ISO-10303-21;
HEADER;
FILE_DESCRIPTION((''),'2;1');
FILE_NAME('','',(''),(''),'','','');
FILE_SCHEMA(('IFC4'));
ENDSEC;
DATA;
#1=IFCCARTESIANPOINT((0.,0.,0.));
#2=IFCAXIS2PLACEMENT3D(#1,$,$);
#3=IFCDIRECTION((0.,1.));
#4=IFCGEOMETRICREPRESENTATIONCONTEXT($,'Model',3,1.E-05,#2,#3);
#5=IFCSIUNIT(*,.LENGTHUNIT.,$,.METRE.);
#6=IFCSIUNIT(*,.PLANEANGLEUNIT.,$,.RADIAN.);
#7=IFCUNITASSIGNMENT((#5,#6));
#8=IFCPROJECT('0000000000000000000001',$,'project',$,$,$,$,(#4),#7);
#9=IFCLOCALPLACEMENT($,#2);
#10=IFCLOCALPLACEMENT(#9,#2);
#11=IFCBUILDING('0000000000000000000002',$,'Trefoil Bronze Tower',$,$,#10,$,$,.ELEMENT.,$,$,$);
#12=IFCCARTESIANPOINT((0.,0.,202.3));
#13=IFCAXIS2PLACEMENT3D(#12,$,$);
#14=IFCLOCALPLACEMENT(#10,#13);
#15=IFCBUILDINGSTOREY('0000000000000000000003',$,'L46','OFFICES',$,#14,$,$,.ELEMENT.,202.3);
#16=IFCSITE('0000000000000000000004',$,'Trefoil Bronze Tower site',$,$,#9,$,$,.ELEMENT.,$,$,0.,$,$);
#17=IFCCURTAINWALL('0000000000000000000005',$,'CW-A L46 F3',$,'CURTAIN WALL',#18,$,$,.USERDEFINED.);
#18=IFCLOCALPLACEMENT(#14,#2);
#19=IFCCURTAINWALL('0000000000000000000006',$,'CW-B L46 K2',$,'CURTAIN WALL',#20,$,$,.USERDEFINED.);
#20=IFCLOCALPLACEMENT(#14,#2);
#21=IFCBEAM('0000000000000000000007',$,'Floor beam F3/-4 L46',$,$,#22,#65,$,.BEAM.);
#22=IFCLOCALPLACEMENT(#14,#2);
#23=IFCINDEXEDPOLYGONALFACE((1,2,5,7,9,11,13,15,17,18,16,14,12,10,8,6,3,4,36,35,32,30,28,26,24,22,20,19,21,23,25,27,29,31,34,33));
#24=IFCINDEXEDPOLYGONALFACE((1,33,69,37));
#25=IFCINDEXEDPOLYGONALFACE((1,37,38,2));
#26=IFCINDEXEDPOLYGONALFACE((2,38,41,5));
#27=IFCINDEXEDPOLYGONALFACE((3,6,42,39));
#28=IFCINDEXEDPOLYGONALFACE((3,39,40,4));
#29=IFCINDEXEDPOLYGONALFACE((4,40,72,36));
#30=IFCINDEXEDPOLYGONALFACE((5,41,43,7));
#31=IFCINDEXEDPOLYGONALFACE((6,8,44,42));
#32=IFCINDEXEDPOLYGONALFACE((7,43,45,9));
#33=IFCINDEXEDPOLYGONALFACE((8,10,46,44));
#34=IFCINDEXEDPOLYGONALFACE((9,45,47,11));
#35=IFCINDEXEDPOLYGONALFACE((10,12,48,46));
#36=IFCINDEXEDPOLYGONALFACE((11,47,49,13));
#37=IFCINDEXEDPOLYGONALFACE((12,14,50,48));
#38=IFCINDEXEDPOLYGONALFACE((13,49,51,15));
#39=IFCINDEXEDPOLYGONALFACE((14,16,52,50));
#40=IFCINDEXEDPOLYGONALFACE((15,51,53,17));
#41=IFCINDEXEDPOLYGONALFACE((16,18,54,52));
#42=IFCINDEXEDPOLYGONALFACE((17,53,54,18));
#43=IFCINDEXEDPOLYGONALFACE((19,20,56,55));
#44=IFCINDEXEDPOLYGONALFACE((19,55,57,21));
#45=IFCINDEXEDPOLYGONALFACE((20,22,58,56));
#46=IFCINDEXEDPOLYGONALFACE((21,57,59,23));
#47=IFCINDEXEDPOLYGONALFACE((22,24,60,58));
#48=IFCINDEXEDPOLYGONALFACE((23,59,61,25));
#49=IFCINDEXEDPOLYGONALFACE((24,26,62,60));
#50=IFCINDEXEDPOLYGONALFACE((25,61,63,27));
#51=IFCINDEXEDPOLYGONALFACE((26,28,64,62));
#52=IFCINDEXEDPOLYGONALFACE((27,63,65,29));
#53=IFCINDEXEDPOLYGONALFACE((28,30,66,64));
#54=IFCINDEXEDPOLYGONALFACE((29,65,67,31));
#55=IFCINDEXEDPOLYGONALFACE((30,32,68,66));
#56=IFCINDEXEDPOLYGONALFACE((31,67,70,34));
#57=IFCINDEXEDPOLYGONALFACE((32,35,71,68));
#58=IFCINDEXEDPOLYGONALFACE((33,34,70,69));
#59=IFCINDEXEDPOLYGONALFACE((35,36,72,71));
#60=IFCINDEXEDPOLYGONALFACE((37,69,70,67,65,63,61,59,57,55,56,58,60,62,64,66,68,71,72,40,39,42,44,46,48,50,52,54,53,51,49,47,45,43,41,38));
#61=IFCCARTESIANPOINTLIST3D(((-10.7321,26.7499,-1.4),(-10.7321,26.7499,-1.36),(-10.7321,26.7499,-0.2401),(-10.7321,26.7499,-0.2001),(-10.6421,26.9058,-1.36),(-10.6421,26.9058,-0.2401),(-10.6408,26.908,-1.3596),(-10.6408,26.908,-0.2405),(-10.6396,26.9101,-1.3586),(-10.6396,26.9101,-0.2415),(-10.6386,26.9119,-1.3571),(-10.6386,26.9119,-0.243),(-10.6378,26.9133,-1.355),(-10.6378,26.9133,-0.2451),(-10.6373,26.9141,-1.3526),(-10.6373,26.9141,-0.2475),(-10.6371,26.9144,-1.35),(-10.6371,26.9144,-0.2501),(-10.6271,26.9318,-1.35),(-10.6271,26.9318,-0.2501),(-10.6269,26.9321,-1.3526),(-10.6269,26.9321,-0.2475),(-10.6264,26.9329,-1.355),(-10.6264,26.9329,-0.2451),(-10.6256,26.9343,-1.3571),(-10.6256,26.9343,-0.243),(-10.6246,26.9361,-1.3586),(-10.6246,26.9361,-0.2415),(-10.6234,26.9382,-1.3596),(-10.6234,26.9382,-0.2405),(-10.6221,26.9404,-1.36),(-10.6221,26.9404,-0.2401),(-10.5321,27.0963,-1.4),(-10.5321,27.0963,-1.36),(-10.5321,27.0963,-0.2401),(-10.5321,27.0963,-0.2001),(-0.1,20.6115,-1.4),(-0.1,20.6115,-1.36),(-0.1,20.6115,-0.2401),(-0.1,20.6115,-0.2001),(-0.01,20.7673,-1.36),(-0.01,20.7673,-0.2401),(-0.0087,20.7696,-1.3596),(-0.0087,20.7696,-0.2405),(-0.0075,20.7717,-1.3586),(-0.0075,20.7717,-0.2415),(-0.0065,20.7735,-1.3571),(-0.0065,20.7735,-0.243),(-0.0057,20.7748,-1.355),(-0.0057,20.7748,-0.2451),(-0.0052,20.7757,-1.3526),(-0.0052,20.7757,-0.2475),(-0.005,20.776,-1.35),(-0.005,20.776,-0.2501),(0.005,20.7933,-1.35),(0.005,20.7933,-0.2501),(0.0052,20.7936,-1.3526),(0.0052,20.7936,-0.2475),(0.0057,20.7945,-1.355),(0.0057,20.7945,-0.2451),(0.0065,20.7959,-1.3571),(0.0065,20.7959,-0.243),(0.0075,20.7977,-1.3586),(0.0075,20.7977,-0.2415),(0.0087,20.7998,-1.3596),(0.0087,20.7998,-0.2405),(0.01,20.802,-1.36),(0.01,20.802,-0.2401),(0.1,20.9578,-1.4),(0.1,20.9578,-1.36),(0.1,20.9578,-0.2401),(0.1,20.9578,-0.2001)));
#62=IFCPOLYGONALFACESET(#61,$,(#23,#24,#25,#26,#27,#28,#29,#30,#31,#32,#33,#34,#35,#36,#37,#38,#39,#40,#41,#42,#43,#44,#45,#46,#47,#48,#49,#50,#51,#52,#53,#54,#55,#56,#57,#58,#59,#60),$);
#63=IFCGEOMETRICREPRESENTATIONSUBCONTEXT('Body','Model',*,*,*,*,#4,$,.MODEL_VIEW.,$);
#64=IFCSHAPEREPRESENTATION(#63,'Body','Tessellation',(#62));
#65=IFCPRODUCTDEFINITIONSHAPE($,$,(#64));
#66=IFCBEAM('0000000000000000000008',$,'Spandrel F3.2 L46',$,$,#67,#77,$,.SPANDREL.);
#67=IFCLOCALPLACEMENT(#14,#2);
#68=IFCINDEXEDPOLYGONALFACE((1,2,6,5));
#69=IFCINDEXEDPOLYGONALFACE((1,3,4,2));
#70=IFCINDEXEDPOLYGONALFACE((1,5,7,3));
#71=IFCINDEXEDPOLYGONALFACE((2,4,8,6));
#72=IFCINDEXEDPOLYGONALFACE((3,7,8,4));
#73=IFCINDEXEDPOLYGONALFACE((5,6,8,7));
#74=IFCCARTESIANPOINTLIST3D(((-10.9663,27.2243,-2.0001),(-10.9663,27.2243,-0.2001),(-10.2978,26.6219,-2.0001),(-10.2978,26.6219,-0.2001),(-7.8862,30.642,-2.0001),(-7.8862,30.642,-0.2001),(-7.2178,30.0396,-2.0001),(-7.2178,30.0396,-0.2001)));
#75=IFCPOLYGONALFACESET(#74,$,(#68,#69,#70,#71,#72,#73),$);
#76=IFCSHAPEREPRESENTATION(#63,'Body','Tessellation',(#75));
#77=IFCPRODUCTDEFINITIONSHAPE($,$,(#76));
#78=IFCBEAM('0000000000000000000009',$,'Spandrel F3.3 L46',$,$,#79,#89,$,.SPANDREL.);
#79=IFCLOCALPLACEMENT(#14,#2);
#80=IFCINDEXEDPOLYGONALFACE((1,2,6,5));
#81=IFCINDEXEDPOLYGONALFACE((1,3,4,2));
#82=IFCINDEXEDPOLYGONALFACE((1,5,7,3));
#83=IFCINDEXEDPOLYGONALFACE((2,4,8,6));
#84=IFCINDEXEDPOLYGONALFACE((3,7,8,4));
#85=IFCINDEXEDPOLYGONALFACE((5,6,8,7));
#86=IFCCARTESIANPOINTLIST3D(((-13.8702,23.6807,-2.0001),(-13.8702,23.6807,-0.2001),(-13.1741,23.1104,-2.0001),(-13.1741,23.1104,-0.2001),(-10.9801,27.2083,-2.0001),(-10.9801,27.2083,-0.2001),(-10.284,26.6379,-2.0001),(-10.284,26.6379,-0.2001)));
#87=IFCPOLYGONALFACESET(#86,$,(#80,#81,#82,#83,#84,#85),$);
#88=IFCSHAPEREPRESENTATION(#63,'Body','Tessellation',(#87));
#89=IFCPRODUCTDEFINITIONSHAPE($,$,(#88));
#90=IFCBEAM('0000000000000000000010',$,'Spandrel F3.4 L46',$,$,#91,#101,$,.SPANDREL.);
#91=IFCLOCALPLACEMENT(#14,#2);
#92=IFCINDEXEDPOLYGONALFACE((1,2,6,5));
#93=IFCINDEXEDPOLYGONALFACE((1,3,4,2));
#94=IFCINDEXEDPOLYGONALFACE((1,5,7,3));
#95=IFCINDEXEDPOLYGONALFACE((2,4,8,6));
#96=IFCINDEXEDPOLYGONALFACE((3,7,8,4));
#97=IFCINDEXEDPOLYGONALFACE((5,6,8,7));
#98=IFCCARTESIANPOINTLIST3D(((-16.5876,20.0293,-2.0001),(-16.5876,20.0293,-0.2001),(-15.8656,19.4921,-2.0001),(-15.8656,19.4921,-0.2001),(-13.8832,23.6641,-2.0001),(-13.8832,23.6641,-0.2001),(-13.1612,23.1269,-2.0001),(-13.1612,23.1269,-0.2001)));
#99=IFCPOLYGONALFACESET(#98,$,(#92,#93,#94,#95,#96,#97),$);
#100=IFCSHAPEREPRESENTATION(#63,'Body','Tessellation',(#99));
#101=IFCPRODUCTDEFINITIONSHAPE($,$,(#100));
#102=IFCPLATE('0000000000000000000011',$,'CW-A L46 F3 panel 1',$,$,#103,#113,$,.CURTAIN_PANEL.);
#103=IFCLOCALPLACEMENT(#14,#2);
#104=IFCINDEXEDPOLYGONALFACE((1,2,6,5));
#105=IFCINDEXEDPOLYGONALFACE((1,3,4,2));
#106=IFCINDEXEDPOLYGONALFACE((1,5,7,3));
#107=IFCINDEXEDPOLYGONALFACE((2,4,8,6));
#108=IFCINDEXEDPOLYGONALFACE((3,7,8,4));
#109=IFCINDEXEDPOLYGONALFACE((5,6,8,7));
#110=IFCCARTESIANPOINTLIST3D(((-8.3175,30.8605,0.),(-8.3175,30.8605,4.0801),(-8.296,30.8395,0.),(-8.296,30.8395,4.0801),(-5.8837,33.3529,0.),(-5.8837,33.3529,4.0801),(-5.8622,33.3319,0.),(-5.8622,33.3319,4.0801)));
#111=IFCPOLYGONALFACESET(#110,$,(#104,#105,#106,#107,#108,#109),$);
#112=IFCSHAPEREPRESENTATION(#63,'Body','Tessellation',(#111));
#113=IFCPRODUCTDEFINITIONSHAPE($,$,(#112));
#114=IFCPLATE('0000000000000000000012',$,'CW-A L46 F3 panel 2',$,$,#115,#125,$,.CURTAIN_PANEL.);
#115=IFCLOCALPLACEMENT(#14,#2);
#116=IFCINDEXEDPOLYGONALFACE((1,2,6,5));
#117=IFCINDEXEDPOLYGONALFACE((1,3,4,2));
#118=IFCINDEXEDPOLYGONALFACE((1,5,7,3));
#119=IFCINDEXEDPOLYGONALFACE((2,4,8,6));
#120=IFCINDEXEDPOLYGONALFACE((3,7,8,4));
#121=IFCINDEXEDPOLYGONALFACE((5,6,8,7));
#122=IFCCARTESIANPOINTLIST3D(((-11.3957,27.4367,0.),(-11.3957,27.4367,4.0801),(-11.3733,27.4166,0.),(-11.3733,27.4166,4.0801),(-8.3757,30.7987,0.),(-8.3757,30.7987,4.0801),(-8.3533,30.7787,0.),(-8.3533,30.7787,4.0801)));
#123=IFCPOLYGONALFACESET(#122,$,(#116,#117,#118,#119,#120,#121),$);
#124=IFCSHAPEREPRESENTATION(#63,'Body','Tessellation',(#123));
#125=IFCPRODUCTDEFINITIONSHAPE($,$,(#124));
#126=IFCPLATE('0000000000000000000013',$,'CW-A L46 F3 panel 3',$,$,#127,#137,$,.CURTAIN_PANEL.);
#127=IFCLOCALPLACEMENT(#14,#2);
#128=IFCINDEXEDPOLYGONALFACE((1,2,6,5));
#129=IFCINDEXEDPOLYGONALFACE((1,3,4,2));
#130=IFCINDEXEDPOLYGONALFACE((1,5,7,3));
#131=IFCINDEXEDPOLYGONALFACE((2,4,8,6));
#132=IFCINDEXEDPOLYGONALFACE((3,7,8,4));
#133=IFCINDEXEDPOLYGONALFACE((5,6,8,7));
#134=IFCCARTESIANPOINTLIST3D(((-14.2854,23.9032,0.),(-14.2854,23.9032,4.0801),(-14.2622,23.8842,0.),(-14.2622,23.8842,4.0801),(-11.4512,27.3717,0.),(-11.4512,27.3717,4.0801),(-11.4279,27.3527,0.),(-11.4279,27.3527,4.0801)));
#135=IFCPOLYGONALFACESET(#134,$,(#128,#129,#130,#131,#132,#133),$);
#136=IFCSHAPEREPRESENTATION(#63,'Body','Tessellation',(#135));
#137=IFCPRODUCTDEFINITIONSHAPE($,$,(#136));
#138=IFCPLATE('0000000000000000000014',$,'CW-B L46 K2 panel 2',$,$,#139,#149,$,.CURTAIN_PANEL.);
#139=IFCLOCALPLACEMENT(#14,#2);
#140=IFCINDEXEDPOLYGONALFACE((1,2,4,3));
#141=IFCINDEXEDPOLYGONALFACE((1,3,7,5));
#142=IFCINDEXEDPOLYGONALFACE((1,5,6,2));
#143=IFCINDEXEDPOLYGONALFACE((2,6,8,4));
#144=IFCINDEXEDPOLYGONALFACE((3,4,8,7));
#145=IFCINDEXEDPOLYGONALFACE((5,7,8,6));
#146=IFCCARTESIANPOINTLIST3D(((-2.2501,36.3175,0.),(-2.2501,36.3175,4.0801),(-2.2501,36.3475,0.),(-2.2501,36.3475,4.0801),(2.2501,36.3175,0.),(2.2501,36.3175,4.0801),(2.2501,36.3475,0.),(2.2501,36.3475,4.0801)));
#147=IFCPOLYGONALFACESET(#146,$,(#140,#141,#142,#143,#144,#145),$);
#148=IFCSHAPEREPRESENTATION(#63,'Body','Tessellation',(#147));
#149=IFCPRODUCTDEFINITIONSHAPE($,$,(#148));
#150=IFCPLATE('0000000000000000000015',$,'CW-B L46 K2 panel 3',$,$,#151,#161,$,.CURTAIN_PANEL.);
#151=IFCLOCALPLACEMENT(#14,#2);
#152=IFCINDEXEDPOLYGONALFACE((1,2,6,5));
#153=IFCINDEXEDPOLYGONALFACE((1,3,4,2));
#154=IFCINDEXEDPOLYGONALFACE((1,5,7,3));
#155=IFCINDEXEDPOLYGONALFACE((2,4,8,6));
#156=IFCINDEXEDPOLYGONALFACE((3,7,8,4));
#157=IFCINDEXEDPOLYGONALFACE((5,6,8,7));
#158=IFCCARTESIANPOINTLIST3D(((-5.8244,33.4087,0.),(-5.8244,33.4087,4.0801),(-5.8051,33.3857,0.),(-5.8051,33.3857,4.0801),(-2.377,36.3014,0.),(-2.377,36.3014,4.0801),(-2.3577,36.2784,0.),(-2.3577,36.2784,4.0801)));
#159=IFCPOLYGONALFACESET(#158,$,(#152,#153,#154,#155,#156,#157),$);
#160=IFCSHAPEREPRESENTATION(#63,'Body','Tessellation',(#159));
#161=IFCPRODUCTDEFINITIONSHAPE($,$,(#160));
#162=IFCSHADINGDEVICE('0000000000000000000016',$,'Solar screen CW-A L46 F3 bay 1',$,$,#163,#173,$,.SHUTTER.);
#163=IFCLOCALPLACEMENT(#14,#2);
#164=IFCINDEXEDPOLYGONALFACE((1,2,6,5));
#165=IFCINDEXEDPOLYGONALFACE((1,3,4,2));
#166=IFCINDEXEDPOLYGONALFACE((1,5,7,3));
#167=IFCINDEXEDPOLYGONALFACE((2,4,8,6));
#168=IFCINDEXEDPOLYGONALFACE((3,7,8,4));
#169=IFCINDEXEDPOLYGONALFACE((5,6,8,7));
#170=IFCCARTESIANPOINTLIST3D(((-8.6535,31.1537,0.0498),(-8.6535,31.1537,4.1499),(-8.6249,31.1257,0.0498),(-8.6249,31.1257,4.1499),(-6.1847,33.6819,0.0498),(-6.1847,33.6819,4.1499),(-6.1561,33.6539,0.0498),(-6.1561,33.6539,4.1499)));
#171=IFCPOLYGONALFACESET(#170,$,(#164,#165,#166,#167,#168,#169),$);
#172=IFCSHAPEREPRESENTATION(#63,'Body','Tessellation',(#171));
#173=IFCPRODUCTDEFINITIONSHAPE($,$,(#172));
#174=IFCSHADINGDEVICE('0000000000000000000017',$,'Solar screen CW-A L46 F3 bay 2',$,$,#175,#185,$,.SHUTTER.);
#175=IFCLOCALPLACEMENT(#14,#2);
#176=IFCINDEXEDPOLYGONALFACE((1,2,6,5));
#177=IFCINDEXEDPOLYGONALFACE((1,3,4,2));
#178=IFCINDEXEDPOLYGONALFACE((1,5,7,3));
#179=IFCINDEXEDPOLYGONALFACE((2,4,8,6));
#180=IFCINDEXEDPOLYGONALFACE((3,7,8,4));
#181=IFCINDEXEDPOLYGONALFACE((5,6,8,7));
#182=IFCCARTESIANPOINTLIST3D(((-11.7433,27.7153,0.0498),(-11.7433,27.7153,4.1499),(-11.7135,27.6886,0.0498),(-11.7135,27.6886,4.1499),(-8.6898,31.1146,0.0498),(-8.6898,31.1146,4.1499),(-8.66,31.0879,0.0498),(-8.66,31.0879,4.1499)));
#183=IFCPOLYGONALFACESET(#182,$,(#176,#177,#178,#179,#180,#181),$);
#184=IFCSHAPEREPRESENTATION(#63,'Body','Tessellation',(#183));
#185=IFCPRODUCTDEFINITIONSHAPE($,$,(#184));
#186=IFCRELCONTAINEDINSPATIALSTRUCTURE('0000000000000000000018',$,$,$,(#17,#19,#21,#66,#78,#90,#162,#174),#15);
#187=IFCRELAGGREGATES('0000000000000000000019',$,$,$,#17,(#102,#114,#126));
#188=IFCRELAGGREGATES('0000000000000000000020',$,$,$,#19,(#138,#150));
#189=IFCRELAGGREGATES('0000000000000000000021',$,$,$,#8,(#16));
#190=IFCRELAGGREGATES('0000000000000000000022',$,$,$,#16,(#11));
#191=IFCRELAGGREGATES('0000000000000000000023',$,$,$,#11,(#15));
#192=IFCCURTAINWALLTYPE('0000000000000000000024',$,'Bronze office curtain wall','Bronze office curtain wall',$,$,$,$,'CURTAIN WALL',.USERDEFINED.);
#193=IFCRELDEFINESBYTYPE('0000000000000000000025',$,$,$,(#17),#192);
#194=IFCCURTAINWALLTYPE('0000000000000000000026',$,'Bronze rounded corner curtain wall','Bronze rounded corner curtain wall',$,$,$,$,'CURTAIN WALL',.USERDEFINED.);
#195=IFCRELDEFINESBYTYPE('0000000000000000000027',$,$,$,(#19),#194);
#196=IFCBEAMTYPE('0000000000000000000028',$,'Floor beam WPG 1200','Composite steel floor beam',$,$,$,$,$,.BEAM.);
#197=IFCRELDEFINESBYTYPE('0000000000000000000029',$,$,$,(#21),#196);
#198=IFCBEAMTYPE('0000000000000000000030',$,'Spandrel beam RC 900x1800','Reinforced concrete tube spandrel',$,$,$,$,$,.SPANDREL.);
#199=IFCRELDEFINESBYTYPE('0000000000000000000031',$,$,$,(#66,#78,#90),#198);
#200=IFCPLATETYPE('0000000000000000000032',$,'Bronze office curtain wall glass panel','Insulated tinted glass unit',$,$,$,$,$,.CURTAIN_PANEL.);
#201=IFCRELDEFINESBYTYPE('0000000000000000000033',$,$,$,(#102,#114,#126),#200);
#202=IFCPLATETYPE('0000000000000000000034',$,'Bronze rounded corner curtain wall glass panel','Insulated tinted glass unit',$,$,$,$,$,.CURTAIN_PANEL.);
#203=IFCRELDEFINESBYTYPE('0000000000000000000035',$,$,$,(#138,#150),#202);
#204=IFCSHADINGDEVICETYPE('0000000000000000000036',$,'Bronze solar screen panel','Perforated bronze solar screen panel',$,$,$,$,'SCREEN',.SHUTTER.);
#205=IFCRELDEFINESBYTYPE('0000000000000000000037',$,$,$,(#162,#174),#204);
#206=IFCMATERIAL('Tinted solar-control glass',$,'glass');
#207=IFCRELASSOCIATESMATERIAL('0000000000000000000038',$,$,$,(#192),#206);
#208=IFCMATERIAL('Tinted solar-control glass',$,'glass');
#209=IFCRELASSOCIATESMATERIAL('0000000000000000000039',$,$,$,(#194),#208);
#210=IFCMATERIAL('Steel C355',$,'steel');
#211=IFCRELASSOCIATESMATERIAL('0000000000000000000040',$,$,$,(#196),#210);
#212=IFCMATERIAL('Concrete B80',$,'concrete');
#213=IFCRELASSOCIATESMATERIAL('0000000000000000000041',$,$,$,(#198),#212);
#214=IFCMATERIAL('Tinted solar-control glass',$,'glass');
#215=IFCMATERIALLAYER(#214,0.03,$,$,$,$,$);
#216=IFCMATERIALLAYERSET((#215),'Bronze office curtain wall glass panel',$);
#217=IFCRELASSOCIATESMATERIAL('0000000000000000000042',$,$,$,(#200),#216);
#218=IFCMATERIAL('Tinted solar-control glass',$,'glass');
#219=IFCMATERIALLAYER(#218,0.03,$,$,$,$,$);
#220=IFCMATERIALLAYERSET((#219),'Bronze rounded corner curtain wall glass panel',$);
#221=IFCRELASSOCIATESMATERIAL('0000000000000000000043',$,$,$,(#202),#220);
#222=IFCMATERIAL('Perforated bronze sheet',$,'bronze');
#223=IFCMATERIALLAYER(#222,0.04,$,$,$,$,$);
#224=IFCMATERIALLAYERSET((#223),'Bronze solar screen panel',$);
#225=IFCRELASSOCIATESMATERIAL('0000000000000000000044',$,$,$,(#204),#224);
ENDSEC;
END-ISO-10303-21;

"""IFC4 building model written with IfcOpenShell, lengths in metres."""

from ifc_helpers import new_model, si_unit, direction, frame, origin, origin_2d, place, context, subcontext, project, spatial, rectangle, i_section, extrude, material, layer, layer_set, material_profile, profile_set, type_object, element, aggregate, save


model = new_model("IFC4")

# Units and contexts
model_context = context("Model", 3, precision=1e-05, world=origin(), true_north=direction((0.0, 1.0)))
body_context = subcontext(model_context, "Body", "Model", "MODEL_VIEW")
ifc_project = project(units=[si_unit("LENGTHUNIT", "METRE"), si_unit("PLANEANGLEUNIT", "RADIAN")], contexts=[model_context])

# Site, building, storey
site_placement = place(None, origin())
site = spatial("IfcSite", under=ifc_project, at=site_placement, Name="Trefoil Bronze Tower site", CompositionType="ELEMENT", RefElevation=0.0)
building_placement = place(site_placement, origin())
building = spatial("IfcBuilding", under=site, at=building_placement, Name="Trefoil Bronze Tower", CompositionType="ELEMENT")
storey_placement = place(building_placement, frame((0.0, 0.0, 202.3)))
storey = spatial("IfcBuildingStorey", under=building, at=storey_placement, Name="L46", Description="OFFICES", CompositionType="ELEMENT", Elevation=202.3)

# Curtain walls
ifc_material_1 = material(Name="Tinted solar-control glass", Category="glass")
curtain_wall_type_1 = type_object("IfcCurtainWallType", Name="Bronze office curtain wall", Description="Bronze office curtain wall", ElementType="CURTAIN WALL", PredefinedType="USERDEFINED", material=ifc_material_1)
curtain_wall_1_placement = place(storey_placement, origin())
curtain_wall_1 = element("IfcCurtainWall", 1, at=curtain_wall_1_placement, inside=storey, type_object=curtain_wall_type_1, Name="CW-A L46 F3", ObjectType="CURTAIN WALL", PredefinedType="USERDEFINED")
ifc_material_2 = material(Name="Tinted solar-control glass", Category="glass")
curtain_wall_type_2 = type_object("IfcCurtainWallType", Name="Bronze rounded corner curtain wall", Description="Bronze rounded corner curtain wall", ElementType="CURTAIN WALL", PredefinedType="USERDEFINED", material=ifc_material_2)
curtain_wall_2_placement = place(storey_placement, origin())
curtain_wall_2 = element("IfcCurtainWall", 2, at=curtain_wall_2_placement, inside=storey, type_object=curtain_wall_type_2, Name="CW-B L46 K2", ObjectType="CURTAIN WALL", PredefinedType="USERDEFINED")

# Beams
ifc_material_3 = material(Name="Steel C355", Category="steel")
ifc_material_profile_1 = material_profile(ifc_material_3, i_section(OverallWidth=0.3999, OverallDepth=1.2, WebThickness=0.02, FlangeThickness=0.04, FilletRadius=0.01, at=origin_2d()), Name="WPG 1200")
ifc_profile_set_1 = profile_set([ifc_material_profile_1], Name="Steel C355")
beam_type_1 = type_object("IfcBeamType", Name="Floor beam WPG 1200", Description="Composite steel floor beam", PredefinedType="BEAM", material=ifc_profile_set_1)
beam_1_placement = place(storey_placement, frame((-10.6321, 26.9231, -0.8), z_axis=(0.866026, -0.5, 0.0), x_axis=(0.5, 0.866026, 0.0)))
element("IfcBeam", 3, at=beam_1_placement, inside=storey, type_object=beam_type_1, Name="Floor beam F3/-4 L46", PredefinedType="BEAM", context=body_context, shape_type="SweptSolid", body=[
    extrude(i_section(OverallWidth=0.3999, OverallDepth=1.2, WebThickness=0.02, FlangeThickness=0.04, FilletRadius=0.01, at=origin_2d()), origin(), (0.0, 0.0, 1.0), 12.2769),
])
ifc_material_4 = material(Name="Concrete B80", Category="concrete")
ifc_material_profile_2 = material_profile(ifc_material_4, rectangle(XDim=0.8999, YDim=1.8, at=origin_2d()), Name="RC 900x1800")
ifc_profile_set_2 = profile_set([ifc_material_profile_2], Name="Concrete B80")
beam_type_2 = type_object("IfcBeamType", Name="Spandrel beam RC 900x1800", Description="Reinforced concrete tube spandrel", PredefinedType="SPANDREL", material=ifc_profile_set_2)
beam_2_placement = place(storey_placement, frame((-7.552, 30.3408, -1.1001), z_axis=(-0.66946, -0.742848, 0.0), x_axis=(0.742848, -0.66946, 0.0)))
element("IfcBeam", 4, at=beam_2_placement, inside=storey, type_object=beam_type_2, Name="Spandrel F3.2 L46", PredefinedType="SPANDREL", context=body_context, shape_type="SweptSolid", body=[
    extrude(rectangle(XDim=0.8999, YDim=1.8, at=origin_2d()), origin(), (0.0, 0.0, 1.0), 4.6008),
])
beam_3_placement = place(storey_placement, frame((-10.6321, 26.9231, -1.1001), z_axis=(-0.633754, -0.773535, 0.0), x_axis=(0.773535, -0.633754, 0.0)))
element("IfcBeam", 5, at=beam_3_placement, inside=storey, type_object=beam_type_2, Name="Spandrel F3.3 L46", PredefinedType="SPANDREL", context=body_context, shape_type="SweptSolid", body=[
    extrude(rectangle(XDim=0.8999, YDim=1.8, at=origin_2d()), origin(), (0.0, 0.0, 1.0), 4.5603),
])
beam_4_placement = place(storey_placement, frame((-13.5222, 23.3955, -1.1001), z_axis=(-0.596926, -0.802296, 0.0), x_axis=(0.802296, -0.596926, 0.0)))
element("IfcBeam", 6, at=beam_4_placement, inside=storey, type_object=beam_type_2, Name="Spandrel F3.4 L46", PredefinedType="SPANDREL", context=body_context, shape_type="SweptSolid", body=[
    extrude(rectangle(XDim=0.8999, YDim=1.8, at=origin_2d()), origin(), (0.0, 0.0, 1.0), 4.5305),
])

# Plates
ifc_material_5 = material(Name="Tinted solar-control glass", Category="glass")
ifc_layer_1 = layer(ifc_material_5, 0.03)
ifc_layer_set_1 = layer_set([ifc_layer_1], Name="Bronze office curtain wall glass panel")
plate_type_1 = type_object("IfcPlateType", Name="Bronze office curtain wall glass panel", Description="Insulated tinted glass unit", PredefinedType="CURTAIN_PANEL", material=ifc_layer_set_1)
plate_1_placement = place(storey_placement, frame((-7.0898, 32.0962, 0.0), z_axis=(0.0, 0.0, 1.0), x_axis=(-0.698652, -0.715462, 0.0)))
plate_1 = element("IfcPlate", 7, at=plate_1_placement, type_object=plate_type_1, Name="CW-A L46 F3 panel 1", PredefinedType="CURTAIN_PANEL", context=body_context, shape_type="SweptSolid", body=[
    extrude(rectangle(XDim=3.4836, YDim=0.03, at=origin_2d()), origin(), (0.0, 0.0, 1.0), 4.0801),
])
plate_2_placement = place(storey_placement, frame((-9.8745, 29.1077, 0.0), z_axis=(0.0, 0.0, 1.0), x_axis=(-0.668246, -0.743941, 0.0)))
plate_2 = element("IfcPlate", 8, at=plate_2_placement, type_object=plate_type_1, Name="CW-A L46 F3 panel 2", PredefinedType="CURTAIN_PANEL", context=body_context, shape_type="SweptSolid", body=[
    extrude(rectangle(XDim=4.5193, YDim=0.03, at=origin_2d()), origin(), (0.0, 0.0, 1.0), 4.0801),
])
plate_3_placement = place(storey_placement, frame((-12.8567, 25.6279, 0.0), z_axis=(0.0, 0.0, 1.0), x_axis=(-0.632753, -0.774354, 0.0)))
plate_3 = element("IfcPlate", 9, at=plate_3_placement, type_object=plate_type_1, Name="CW-A L46 F3 panel 3", PredefinedType="CURTAIN_PANEL", context=body_context, shape_type="SweptSolid", body=[
    extrude(rectangle(XDim=4.4792, YDim=0.03, at=origin_2d()), origin(), (0.0, 0.0, 1.0), 4.0801),
])
aggregate(curtain_wall_1, [plate_1, plate_2, plate_3])
ifc_material_6 = material(Name="Tinted solar-control glass", Category="glass")
ifc_layer_2 = layer(ifc_material_6, 0.03)
ifc_layer_set_2 = layer_set([ifc_layer_2], Name="Bronze rounded corner curtain wall glass panel")
plate_type_2 = type_object("IfcPlateType", Name="Bronze rounded corner curtain wall glass panel", Description="Insulated tinted glass unit", PredefinedType="CURTAIN_PANEL", material=ifc_layer_set_2)
plate_4_placement = place(storey_placement, frame((0.0, 36.3325, 0.0), z_axis=(0.0, 0.0, 1.0), x_axis=(-1.0, 0.0, 0.0)))
plate_4 = element("IfcPlate", 10, at=plate_4_placement, type_object=plate_type_2, Name="CW-B L46 K2 panel 2", PredefinedType="CURTAIN_PANEL", context=body_context, shape_type="SweptSolid", body=[
    extrude(rectangle(XDim=4.5002, YDim=0.03, at=origin_2d()), origin(), (0.0, 0.0, 1.0), 4.0801),
])
plate_5_placement = place(storey_placement, frame((-4.0911, 34.8435, 0.0), z_axis=(0.0, 0.0, 1.0), x_axis=(-0.766044, -0.642788, 0.0)))
plate_5 = element("IfcPlate", 11, at=plate_5_placement, type_object=plate_type_2, Name="CW-B L46 K2 panel 3", PredefinedType="CURTAIN_PANEL", context=body_context, shape_type="SweptSolid", body=[
    extrude(rectangle(XDim=4.5002, YDim=0.03, at=origin_2d()), origin(), (0.0, 0.0, 1.0), 4.0801),
])
aggregate(curtain_wall_2, [plate_4, plate_5])

# Shading devices
ifc_material_7 = material(Name="Perforated bronze sheet", Category="bronze")
ifc_layer_3 = layer(ifc_material_7, 0.04)
ifc_layer_set_3 = layer_set([ifc_layer_3], Name="Bronze solar screen panel")
shading_device_type = type_object("IfcShadingDeviceType", Name="Bronze solar screen panel", Description="Perforated bronze solar screen panel", ElementType="SCREEN", PredefinedType="SHUTTER", material=ifc_layer_set_3)
shading_device_1_placement = place(storey_placement, frame((-7.4048, 32.4038, 0.0498), z_axis=(0.0, 0.0, 1.0), x_axis=(-0.698652, -0.715462, 0.0)))
element("IfcShadingDevice", 12, at=shading_device_1_placement, inside=storey, type_object=shading_device_type, Name="Solar screen CW-A L46 F3 bay 1", PredefinedType="SHUTTER", context=body_context, shape_type="SweptSolid", body=[
    extrude(rectangle(XDim=3.5337, YDim=0.04, at=origin_2d()), origin(), (0.0, 0.0, 1.0), 4.1001),
])
shading_device_2_placement = place(storey_placement, frame((-10.2017, 29.4016, 0.0498), z_axis=(0.0, 0.0, 1.0), x_axis=(-0.668246, -0.743941, 0.0)))
element("IfcShadingDevice", 13, at=shading_device_2_placement, inside=storey, type_object=shading_device_type, Name="Solar screen CW-A L46 F3 bay 2", PredefinedType="SHUTTER", context=body_context, shape_type="SweptSolid", body=[
    extrude(rectangle(XDim=4.5693, YDim=0.04, at=origin_2d()), origin(), (0.0, 0.0, 1.0), 4.1001),
])

save(model, "model.ifc")
